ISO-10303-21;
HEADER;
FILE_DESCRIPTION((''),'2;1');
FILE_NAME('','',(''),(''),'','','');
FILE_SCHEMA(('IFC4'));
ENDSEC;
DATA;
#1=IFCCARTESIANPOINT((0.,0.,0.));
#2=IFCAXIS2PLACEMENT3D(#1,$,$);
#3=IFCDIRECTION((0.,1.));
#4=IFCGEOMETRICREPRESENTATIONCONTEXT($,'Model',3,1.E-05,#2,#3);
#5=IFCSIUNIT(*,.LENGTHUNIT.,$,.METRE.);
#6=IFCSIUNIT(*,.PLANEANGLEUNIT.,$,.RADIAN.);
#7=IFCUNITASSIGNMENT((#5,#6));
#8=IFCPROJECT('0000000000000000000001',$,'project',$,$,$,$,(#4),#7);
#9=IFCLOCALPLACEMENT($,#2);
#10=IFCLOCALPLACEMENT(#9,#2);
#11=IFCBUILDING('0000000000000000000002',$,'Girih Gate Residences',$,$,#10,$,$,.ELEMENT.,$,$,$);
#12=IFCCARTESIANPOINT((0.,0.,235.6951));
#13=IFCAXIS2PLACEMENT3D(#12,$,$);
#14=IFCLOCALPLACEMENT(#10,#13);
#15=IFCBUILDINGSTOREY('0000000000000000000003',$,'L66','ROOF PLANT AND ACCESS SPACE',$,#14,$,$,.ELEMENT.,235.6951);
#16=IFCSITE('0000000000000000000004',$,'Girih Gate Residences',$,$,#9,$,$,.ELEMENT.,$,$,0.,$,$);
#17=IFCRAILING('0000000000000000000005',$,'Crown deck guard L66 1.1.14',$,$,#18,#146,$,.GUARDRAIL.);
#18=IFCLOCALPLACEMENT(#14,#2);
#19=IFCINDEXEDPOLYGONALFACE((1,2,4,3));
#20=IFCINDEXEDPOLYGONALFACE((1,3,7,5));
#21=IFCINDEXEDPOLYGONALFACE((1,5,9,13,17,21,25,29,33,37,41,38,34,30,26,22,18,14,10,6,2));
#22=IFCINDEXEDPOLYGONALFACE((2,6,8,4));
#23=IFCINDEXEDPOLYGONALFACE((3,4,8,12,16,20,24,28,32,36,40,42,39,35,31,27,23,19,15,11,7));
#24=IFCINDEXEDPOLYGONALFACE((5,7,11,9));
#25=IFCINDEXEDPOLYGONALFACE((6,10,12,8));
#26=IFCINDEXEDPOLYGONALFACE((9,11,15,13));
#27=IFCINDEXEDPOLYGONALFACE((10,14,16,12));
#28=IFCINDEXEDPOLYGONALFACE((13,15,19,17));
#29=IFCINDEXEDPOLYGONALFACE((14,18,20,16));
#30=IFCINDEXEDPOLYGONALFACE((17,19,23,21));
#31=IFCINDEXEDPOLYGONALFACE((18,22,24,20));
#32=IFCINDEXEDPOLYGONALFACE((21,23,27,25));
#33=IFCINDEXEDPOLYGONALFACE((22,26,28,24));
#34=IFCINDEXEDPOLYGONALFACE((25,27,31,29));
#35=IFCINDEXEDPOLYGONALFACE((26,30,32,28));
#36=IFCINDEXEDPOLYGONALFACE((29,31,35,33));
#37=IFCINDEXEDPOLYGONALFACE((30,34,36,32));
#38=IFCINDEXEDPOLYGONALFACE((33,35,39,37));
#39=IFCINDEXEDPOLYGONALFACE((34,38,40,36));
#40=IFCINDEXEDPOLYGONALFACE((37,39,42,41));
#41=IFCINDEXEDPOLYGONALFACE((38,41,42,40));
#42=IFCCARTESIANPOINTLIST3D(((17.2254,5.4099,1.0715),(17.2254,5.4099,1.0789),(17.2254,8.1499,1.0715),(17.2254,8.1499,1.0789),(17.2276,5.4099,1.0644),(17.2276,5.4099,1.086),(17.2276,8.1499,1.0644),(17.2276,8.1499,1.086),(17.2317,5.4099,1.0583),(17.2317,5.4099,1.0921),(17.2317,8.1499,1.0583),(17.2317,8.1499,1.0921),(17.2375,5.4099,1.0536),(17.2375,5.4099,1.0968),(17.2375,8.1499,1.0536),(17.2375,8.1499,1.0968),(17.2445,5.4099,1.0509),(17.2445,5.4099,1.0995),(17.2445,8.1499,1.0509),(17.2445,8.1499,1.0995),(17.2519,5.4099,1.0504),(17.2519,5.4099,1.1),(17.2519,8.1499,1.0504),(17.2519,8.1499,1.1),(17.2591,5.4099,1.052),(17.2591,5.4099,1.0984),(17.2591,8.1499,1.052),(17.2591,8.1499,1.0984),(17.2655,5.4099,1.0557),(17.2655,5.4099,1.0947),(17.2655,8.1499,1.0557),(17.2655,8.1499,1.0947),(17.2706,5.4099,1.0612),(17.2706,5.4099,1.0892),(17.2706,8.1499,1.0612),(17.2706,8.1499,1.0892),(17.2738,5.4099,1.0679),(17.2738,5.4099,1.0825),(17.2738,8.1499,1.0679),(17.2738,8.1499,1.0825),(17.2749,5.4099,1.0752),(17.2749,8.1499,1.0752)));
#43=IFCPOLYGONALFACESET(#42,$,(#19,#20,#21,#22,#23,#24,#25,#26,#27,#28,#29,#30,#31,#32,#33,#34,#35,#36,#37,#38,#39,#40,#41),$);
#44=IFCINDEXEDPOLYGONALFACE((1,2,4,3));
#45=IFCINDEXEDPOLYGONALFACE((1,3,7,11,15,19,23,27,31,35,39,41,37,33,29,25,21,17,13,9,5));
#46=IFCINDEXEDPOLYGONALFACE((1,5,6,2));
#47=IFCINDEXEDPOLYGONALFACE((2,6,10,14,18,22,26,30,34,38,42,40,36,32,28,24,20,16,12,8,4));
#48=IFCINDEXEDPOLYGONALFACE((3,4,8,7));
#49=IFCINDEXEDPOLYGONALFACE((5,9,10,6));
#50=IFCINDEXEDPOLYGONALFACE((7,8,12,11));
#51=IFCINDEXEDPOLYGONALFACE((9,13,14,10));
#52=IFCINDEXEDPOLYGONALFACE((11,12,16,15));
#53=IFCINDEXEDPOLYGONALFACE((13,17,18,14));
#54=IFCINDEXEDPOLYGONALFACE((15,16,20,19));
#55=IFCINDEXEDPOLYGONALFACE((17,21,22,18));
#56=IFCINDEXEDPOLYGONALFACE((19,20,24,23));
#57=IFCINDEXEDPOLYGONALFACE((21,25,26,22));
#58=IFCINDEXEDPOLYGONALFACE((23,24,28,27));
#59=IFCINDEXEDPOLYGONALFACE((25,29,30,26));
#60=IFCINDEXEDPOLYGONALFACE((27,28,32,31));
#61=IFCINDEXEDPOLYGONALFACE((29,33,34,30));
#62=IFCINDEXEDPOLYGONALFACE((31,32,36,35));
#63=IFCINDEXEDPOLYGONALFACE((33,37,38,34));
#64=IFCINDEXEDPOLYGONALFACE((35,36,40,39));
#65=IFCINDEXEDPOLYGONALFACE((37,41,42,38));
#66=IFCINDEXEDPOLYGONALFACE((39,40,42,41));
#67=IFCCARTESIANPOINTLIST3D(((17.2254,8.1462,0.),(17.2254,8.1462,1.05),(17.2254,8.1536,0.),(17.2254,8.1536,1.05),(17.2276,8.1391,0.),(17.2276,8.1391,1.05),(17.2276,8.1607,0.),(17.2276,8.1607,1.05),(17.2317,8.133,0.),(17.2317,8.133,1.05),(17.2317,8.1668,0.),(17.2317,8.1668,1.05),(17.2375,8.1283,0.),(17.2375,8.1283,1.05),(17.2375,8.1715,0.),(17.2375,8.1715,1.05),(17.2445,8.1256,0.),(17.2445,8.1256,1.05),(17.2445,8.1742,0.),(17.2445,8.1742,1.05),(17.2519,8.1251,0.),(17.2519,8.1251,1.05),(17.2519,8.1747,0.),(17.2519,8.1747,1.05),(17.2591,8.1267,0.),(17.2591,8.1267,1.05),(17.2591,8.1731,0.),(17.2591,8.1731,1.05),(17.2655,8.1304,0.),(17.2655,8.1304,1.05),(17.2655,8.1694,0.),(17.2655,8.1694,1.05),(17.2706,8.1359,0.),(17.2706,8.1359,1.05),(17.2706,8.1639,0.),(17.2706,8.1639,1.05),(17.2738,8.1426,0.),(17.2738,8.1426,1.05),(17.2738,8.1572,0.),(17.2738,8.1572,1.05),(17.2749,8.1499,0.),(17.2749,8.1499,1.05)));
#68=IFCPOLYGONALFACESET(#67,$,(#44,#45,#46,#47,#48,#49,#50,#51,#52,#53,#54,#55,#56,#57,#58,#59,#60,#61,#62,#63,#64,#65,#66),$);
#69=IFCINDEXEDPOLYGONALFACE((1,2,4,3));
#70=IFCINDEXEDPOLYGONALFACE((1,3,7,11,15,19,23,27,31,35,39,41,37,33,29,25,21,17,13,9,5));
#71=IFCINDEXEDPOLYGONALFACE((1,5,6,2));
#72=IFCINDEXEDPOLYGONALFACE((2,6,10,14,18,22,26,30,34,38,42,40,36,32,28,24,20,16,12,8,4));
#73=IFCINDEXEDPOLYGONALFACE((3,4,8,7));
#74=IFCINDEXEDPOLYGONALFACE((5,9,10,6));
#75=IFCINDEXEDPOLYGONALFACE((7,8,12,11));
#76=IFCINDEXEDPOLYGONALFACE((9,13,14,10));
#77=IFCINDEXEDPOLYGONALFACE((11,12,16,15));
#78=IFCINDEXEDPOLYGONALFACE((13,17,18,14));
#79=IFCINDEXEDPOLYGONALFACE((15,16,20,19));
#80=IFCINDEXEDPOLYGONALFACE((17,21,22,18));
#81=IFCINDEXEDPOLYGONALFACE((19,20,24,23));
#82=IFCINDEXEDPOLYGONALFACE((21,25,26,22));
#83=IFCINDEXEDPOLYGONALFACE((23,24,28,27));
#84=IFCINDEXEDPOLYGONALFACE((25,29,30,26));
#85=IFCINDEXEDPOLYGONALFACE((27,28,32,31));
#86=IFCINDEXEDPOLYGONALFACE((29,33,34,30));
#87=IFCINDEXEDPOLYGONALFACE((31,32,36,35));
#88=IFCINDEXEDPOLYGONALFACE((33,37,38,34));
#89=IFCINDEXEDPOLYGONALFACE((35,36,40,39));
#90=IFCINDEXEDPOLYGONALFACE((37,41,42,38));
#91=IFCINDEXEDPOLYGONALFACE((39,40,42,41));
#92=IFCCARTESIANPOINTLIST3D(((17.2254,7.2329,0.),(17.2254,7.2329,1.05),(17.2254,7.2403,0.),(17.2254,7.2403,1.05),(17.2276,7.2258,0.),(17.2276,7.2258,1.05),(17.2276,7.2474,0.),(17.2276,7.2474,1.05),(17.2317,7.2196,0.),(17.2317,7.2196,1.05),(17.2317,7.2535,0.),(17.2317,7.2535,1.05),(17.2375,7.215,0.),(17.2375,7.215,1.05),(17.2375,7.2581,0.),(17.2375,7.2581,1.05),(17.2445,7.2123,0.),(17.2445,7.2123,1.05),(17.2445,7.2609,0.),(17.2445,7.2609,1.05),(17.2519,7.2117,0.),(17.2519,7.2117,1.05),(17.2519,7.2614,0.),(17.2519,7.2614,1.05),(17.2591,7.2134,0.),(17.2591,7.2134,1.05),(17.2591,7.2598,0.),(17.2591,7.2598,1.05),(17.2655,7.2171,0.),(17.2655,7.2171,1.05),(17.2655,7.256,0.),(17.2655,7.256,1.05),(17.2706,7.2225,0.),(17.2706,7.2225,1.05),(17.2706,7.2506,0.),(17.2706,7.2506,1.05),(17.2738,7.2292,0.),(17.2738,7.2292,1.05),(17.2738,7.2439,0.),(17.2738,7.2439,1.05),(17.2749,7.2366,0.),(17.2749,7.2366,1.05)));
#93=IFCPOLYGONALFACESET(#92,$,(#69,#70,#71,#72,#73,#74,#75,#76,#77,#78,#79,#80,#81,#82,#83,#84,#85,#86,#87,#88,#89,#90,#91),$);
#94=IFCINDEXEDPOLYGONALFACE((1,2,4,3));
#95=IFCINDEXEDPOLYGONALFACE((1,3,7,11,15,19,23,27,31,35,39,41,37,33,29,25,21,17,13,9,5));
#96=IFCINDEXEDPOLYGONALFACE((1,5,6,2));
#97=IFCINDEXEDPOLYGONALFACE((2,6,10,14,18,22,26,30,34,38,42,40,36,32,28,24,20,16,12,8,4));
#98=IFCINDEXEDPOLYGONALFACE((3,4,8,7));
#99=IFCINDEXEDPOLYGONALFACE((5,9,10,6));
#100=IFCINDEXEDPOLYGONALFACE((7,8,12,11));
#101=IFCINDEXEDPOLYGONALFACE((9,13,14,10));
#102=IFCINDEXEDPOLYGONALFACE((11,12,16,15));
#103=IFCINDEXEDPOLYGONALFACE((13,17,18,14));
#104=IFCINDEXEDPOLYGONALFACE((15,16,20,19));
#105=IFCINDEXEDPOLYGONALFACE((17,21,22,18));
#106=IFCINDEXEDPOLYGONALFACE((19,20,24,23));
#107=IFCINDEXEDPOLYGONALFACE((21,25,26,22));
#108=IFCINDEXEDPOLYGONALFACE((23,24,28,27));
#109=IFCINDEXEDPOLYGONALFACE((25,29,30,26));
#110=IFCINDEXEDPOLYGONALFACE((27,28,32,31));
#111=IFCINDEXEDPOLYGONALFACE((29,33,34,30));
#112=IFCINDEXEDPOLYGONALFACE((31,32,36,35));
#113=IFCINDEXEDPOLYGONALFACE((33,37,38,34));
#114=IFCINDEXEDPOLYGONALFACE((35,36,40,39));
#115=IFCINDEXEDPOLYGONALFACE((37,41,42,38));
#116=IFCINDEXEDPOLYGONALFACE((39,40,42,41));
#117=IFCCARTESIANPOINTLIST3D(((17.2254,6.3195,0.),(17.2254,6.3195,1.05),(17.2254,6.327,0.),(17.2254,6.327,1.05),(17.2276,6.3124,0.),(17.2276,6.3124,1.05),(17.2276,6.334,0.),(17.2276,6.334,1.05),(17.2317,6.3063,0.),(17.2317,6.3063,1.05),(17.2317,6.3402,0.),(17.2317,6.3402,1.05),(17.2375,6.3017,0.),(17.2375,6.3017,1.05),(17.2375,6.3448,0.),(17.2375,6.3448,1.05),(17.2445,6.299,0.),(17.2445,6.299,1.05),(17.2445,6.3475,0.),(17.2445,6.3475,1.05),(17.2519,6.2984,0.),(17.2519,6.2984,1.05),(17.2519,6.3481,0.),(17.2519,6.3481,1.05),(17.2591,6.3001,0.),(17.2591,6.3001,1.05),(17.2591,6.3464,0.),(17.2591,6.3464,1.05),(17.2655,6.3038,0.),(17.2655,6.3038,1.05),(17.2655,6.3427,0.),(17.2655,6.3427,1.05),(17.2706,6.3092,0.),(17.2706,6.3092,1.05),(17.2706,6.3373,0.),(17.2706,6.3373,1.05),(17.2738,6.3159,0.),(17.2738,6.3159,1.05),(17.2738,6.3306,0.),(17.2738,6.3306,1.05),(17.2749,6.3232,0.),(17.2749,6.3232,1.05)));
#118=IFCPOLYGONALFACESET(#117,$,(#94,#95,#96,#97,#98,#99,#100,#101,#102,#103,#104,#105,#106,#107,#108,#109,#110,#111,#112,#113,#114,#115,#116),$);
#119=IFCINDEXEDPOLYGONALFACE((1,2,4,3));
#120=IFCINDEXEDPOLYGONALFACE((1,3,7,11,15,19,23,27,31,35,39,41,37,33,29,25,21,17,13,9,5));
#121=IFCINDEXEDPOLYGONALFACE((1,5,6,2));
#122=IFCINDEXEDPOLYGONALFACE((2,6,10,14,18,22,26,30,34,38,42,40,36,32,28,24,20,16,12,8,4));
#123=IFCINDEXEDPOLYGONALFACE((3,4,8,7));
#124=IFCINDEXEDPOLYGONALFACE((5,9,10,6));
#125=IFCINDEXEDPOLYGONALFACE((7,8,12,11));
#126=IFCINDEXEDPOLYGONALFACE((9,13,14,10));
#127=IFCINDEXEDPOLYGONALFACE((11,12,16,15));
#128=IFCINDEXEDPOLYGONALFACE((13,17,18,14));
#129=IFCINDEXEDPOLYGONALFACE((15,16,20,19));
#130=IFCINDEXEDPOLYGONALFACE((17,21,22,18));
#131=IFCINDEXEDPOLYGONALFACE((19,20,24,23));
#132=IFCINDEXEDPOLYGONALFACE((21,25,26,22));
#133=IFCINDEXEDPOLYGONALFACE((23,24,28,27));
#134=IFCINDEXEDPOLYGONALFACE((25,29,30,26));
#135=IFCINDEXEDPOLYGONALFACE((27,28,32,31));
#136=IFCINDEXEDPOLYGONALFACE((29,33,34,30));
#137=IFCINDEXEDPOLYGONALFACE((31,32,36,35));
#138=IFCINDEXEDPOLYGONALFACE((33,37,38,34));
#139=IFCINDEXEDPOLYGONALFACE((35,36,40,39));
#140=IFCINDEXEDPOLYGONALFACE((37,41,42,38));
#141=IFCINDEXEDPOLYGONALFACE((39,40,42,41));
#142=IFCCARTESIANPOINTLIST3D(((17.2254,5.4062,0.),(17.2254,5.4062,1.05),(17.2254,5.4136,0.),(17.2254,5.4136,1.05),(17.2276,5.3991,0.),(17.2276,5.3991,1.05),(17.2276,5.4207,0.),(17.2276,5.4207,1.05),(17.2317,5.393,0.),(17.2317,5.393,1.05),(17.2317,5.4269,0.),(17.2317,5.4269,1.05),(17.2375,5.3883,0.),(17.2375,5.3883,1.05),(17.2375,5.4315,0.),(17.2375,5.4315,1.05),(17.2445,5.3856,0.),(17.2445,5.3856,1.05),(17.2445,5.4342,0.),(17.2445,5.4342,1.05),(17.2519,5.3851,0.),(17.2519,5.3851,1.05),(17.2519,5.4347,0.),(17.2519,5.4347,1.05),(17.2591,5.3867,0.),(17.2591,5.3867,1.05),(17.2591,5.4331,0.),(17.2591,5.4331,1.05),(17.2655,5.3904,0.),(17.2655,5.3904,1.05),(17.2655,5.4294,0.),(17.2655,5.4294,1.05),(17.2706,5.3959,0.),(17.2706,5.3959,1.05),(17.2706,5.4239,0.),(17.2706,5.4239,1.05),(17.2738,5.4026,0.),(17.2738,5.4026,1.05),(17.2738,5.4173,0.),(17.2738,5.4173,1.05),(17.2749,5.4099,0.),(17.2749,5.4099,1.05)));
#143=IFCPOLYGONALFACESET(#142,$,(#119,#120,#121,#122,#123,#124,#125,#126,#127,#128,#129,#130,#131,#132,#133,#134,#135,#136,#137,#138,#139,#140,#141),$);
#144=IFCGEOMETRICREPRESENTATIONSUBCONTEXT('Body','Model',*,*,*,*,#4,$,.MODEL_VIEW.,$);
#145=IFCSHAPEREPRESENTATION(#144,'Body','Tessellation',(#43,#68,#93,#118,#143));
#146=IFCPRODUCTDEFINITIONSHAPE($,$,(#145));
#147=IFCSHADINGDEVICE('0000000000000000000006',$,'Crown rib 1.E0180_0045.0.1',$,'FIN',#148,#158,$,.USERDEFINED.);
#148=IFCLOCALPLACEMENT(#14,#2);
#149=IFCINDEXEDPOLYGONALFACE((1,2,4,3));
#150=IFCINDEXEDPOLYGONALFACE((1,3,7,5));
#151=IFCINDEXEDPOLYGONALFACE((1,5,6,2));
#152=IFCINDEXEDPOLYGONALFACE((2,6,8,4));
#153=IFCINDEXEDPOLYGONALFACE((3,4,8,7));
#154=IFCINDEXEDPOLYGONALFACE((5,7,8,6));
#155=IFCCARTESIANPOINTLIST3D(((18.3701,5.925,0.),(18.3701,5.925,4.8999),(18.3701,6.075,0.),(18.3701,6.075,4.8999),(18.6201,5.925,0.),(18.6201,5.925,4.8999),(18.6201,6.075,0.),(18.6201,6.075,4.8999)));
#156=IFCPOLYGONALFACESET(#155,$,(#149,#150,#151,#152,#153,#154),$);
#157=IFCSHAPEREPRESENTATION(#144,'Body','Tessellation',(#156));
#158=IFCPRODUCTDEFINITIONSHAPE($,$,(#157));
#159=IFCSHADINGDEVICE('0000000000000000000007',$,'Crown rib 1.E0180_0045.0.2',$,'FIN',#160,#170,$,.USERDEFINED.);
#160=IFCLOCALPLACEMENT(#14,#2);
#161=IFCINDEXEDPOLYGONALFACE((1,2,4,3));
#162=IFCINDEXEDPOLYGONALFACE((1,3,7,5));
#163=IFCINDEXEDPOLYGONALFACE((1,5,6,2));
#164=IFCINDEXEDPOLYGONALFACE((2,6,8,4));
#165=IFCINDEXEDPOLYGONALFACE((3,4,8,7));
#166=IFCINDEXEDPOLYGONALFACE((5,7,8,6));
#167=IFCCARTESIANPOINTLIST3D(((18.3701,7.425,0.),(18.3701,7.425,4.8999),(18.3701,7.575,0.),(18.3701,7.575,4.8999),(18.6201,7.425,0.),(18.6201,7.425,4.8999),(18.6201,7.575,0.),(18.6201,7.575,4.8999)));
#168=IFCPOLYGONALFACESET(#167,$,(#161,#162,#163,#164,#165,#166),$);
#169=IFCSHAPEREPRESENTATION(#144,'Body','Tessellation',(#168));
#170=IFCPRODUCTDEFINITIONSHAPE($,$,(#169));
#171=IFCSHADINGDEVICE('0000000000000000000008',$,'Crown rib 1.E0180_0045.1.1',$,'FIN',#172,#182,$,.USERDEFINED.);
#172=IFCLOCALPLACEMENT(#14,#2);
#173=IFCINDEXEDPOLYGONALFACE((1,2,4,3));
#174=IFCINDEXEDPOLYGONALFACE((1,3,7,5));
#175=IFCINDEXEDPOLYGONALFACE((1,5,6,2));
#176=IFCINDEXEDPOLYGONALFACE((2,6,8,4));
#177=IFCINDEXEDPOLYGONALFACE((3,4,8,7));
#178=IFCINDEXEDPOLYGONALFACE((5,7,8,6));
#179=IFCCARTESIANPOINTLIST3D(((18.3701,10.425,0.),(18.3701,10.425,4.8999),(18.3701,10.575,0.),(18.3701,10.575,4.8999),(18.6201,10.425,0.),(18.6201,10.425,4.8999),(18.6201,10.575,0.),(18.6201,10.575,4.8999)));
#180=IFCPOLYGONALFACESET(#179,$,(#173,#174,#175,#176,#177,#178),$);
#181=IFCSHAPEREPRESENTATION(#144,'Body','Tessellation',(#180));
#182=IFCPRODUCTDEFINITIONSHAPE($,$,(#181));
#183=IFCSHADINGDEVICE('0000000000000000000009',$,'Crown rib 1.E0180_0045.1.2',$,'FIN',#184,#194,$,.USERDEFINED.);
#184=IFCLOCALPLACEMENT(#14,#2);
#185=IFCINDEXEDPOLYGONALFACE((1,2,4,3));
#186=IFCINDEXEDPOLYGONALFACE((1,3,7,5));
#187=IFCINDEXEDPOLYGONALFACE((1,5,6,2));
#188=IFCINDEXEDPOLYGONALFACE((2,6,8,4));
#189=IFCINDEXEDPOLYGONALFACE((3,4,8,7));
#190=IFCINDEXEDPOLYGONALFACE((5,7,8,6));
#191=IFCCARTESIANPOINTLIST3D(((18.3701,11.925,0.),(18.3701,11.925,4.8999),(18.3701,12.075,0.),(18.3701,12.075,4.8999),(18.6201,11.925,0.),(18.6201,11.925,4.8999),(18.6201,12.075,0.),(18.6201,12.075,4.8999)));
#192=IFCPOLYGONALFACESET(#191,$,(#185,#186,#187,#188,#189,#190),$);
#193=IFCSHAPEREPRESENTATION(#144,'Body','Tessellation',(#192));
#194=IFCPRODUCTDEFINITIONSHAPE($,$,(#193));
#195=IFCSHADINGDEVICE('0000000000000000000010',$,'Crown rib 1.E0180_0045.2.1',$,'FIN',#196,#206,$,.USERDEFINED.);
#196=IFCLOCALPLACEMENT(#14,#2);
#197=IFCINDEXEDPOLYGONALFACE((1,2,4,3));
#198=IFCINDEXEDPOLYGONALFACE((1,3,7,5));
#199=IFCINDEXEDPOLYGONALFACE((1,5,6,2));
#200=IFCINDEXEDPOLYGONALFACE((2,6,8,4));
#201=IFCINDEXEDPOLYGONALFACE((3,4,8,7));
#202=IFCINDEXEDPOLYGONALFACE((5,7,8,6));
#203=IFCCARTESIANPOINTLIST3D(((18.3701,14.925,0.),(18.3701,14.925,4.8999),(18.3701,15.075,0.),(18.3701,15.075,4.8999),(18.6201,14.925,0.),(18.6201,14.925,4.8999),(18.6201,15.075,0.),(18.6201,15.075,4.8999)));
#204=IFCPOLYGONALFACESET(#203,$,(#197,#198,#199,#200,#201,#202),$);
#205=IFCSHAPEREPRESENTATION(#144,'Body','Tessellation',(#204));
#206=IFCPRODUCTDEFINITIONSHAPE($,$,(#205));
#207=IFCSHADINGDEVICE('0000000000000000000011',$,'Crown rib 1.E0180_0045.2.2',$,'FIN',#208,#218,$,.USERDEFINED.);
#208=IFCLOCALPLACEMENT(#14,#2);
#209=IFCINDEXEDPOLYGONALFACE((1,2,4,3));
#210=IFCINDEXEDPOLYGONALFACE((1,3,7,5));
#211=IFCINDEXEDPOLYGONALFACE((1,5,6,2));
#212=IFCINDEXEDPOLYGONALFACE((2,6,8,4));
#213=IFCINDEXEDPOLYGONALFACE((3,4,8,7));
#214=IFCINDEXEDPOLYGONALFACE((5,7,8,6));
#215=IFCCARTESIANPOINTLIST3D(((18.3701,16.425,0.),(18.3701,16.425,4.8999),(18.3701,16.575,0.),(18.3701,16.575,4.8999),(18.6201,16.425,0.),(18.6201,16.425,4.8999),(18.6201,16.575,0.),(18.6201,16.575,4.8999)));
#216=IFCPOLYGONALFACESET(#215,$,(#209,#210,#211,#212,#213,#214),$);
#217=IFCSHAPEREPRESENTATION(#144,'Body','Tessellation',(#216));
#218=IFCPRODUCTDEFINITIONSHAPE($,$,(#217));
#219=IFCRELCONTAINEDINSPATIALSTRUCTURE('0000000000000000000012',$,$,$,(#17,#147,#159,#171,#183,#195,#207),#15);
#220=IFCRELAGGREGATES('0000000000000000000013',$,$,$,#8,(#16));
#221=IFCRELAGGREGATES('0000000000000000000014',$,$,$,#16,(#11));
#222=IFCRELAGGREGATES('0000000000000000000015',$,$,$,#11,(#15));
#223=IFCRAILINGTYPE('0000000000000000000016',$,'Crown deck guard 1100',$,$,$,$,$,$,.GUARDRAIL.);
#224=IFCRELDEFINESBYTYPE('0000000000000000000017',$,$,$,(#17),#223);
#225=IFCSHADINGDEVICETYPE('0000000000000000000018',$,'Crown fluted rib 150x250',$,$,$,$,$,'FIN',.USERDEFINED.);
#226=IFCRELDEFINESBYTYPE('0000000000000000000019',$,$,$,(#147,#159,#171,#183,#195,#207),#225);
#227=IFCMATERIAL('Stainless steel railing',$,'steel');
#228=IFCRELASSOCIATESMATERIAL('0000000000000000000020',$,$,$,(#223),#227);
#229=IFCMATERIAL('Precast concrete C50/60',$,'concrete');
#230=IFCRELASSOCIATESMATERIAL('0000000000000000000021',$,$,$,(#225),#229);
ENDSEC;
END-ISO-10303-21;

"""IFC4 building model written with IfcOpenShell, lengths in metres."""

from ifc_helpers import new_model, si_unit, direction, frame, origin, origin_2d, place, context, subcontext, project, spatial, rectangle, circle, extrude, material, type_object, element, save


model = new_model("IFC4")

# Units and contexts
model_context = context("Model", 3, precision=1e-05, world=origin(), true_north=direction((0.0, 1.0)))
body_context = subcontext(model_context, "Body", "Model", "MODEL_VIEW")
ifc_project = project(units=[si_unit("LENGTHUNIT", "METRE"), si_unit("PLANEANGLEUNIT", "RADIAN")], contexts=[model_context])

# Site, building, storey
site_placement = place(None, origin())
site = spatial("IfcSite", under=ifc_project, at=site_placement, Name="Girih Gate Residences", CompositionType="ELEMENT", RefElevation=0.0)
building_placement = place(site_placement, origin())
building = spatial("IfcBuilding", under=site, at=building_placement, Name="Girih Gate Residences", CompositionType="ELEMENT")
storey_placement = place(building_placement, frame((0.0, 0.0, 235.6951)))
storey = spatial("IfcBuildingStorey", under=building, at=storey_placement, Name="L66", Description="ROOF PLANT AND ACCESS SPACE", CompositionType="ELEMENT", Elevation=235.6951)

# Railing
ifc_material_1 = material(Name="Stainless steel railing", Category="steel")
railing_type = type_object("IfcRailingType", Name="Crown deck guard 1100", PredefinedType="GUARDRAIL", material=ifc_material_1)
railing_1_placement = place(storey_placement, frame((17.25, 8.1499, 0.0)))
element("IfcRailing", 1, at=railing_1_placement, inside=storey, type_object=railing_type, Name="Crown deck guard L66 1.1.14", PredefinedType="GUARDRAIL", context=body_context, shape_type="SweptSolid", body=[
    extrude(circle(Radius=0.0249, at=origin_2d()), frame((0.0, 0.0, 1.0752), z_axis=(0.0, -1.0, 0.0), x_axis=(1.0, 0.0, 0.0)), (0.0, 0.0, 1.0), 2.74),
    extrude(circle(Radius=0.0249, at=origin_2d()), origin(), (0.0, 0.0, 1.0), 1.05),
    extrude(circle(Radius=0.0249, at=origin_2d()), frame((0.0, -0.9133, 0.0)), (0.0, 0.0, 1.0), 1.05),
    extrude(circle(Radius=0.0249, at=origin_2d()), frame((0.0, -1.8267, 0.0)), (0.0, 0.0, 1.0), 1.05),
    extrude(circle(Radius=0.0249, at=origin_2d()), frame((0.0, -2.74, 0.0)), (0.0, 0.0, 1.0), 1.05),
])

# Shading devices
ifc_material_2 = material(Name="Precast concrete C50/60", Category="concrete")
shading_device_type_1 = type_object("IfcShadingDeviceType", Name="Crown fluted rib 150x250", ElementType="FIN", PredefinedType="USERDEFINED", material=ifc_material_2)
for number, where, z_axis, x_axis, name in (
    (2, (18.4951, 6.0, 0.0), (0.0, 0.0, 1.0), (0.0, 1.0, 0.0), "Crown rib 1.E0180_0045.0.1"),
    (3, (18.4951, 7.5, 0.0), (0.0, 0.0, 1.0), (0.0, 1.0, 0.0), "Crown rib 1.E0180_0045.0.2"),
    (4, (18.4951, 10.5, 0.0), (0.0, 0.0, 1.0), (0.0, 1.0, 0.0), "Crown rib 1.E0180_0045.1.1"),
    (5, (18.4951, 12.0, 0.0), (0.0, 0.0, 1.0), (0.0, 1.0, 0.0), "Crown rib 1.E0180_0045.1.2"),
    (6, (18.4951, 15.0, 0.0), (0.0, 0.0, 1.0), (0.0, 1.0, 0.0), "Crown rib 1.E0180_0045.2.1"),
    (7, (18.4951, 16.5, 0.0), (0.0, 0.0, 1.0), (0.0, 1.0, 0.0), "Crown rib 1.E0180_0045.2.2"),
):
    element("IfcShadingDevice", number, at=place(storey_placement, frame(where, z_axis=z_axis, x_axis=x_axis)), inside=storey, type_object=shading_device_type_1, Name=name, ObjectType="FIN", PredefinedType="USERDEFINED", context=body_context, shape_type="SweptSolid", body=[
        extrude(rectangle(XDim=0.1499, YDim=0.25, at=origin_2d()), origin(), (0.0, 0.0, 1.0), 4.8999),
    ])

save(model, "model.ifc")
